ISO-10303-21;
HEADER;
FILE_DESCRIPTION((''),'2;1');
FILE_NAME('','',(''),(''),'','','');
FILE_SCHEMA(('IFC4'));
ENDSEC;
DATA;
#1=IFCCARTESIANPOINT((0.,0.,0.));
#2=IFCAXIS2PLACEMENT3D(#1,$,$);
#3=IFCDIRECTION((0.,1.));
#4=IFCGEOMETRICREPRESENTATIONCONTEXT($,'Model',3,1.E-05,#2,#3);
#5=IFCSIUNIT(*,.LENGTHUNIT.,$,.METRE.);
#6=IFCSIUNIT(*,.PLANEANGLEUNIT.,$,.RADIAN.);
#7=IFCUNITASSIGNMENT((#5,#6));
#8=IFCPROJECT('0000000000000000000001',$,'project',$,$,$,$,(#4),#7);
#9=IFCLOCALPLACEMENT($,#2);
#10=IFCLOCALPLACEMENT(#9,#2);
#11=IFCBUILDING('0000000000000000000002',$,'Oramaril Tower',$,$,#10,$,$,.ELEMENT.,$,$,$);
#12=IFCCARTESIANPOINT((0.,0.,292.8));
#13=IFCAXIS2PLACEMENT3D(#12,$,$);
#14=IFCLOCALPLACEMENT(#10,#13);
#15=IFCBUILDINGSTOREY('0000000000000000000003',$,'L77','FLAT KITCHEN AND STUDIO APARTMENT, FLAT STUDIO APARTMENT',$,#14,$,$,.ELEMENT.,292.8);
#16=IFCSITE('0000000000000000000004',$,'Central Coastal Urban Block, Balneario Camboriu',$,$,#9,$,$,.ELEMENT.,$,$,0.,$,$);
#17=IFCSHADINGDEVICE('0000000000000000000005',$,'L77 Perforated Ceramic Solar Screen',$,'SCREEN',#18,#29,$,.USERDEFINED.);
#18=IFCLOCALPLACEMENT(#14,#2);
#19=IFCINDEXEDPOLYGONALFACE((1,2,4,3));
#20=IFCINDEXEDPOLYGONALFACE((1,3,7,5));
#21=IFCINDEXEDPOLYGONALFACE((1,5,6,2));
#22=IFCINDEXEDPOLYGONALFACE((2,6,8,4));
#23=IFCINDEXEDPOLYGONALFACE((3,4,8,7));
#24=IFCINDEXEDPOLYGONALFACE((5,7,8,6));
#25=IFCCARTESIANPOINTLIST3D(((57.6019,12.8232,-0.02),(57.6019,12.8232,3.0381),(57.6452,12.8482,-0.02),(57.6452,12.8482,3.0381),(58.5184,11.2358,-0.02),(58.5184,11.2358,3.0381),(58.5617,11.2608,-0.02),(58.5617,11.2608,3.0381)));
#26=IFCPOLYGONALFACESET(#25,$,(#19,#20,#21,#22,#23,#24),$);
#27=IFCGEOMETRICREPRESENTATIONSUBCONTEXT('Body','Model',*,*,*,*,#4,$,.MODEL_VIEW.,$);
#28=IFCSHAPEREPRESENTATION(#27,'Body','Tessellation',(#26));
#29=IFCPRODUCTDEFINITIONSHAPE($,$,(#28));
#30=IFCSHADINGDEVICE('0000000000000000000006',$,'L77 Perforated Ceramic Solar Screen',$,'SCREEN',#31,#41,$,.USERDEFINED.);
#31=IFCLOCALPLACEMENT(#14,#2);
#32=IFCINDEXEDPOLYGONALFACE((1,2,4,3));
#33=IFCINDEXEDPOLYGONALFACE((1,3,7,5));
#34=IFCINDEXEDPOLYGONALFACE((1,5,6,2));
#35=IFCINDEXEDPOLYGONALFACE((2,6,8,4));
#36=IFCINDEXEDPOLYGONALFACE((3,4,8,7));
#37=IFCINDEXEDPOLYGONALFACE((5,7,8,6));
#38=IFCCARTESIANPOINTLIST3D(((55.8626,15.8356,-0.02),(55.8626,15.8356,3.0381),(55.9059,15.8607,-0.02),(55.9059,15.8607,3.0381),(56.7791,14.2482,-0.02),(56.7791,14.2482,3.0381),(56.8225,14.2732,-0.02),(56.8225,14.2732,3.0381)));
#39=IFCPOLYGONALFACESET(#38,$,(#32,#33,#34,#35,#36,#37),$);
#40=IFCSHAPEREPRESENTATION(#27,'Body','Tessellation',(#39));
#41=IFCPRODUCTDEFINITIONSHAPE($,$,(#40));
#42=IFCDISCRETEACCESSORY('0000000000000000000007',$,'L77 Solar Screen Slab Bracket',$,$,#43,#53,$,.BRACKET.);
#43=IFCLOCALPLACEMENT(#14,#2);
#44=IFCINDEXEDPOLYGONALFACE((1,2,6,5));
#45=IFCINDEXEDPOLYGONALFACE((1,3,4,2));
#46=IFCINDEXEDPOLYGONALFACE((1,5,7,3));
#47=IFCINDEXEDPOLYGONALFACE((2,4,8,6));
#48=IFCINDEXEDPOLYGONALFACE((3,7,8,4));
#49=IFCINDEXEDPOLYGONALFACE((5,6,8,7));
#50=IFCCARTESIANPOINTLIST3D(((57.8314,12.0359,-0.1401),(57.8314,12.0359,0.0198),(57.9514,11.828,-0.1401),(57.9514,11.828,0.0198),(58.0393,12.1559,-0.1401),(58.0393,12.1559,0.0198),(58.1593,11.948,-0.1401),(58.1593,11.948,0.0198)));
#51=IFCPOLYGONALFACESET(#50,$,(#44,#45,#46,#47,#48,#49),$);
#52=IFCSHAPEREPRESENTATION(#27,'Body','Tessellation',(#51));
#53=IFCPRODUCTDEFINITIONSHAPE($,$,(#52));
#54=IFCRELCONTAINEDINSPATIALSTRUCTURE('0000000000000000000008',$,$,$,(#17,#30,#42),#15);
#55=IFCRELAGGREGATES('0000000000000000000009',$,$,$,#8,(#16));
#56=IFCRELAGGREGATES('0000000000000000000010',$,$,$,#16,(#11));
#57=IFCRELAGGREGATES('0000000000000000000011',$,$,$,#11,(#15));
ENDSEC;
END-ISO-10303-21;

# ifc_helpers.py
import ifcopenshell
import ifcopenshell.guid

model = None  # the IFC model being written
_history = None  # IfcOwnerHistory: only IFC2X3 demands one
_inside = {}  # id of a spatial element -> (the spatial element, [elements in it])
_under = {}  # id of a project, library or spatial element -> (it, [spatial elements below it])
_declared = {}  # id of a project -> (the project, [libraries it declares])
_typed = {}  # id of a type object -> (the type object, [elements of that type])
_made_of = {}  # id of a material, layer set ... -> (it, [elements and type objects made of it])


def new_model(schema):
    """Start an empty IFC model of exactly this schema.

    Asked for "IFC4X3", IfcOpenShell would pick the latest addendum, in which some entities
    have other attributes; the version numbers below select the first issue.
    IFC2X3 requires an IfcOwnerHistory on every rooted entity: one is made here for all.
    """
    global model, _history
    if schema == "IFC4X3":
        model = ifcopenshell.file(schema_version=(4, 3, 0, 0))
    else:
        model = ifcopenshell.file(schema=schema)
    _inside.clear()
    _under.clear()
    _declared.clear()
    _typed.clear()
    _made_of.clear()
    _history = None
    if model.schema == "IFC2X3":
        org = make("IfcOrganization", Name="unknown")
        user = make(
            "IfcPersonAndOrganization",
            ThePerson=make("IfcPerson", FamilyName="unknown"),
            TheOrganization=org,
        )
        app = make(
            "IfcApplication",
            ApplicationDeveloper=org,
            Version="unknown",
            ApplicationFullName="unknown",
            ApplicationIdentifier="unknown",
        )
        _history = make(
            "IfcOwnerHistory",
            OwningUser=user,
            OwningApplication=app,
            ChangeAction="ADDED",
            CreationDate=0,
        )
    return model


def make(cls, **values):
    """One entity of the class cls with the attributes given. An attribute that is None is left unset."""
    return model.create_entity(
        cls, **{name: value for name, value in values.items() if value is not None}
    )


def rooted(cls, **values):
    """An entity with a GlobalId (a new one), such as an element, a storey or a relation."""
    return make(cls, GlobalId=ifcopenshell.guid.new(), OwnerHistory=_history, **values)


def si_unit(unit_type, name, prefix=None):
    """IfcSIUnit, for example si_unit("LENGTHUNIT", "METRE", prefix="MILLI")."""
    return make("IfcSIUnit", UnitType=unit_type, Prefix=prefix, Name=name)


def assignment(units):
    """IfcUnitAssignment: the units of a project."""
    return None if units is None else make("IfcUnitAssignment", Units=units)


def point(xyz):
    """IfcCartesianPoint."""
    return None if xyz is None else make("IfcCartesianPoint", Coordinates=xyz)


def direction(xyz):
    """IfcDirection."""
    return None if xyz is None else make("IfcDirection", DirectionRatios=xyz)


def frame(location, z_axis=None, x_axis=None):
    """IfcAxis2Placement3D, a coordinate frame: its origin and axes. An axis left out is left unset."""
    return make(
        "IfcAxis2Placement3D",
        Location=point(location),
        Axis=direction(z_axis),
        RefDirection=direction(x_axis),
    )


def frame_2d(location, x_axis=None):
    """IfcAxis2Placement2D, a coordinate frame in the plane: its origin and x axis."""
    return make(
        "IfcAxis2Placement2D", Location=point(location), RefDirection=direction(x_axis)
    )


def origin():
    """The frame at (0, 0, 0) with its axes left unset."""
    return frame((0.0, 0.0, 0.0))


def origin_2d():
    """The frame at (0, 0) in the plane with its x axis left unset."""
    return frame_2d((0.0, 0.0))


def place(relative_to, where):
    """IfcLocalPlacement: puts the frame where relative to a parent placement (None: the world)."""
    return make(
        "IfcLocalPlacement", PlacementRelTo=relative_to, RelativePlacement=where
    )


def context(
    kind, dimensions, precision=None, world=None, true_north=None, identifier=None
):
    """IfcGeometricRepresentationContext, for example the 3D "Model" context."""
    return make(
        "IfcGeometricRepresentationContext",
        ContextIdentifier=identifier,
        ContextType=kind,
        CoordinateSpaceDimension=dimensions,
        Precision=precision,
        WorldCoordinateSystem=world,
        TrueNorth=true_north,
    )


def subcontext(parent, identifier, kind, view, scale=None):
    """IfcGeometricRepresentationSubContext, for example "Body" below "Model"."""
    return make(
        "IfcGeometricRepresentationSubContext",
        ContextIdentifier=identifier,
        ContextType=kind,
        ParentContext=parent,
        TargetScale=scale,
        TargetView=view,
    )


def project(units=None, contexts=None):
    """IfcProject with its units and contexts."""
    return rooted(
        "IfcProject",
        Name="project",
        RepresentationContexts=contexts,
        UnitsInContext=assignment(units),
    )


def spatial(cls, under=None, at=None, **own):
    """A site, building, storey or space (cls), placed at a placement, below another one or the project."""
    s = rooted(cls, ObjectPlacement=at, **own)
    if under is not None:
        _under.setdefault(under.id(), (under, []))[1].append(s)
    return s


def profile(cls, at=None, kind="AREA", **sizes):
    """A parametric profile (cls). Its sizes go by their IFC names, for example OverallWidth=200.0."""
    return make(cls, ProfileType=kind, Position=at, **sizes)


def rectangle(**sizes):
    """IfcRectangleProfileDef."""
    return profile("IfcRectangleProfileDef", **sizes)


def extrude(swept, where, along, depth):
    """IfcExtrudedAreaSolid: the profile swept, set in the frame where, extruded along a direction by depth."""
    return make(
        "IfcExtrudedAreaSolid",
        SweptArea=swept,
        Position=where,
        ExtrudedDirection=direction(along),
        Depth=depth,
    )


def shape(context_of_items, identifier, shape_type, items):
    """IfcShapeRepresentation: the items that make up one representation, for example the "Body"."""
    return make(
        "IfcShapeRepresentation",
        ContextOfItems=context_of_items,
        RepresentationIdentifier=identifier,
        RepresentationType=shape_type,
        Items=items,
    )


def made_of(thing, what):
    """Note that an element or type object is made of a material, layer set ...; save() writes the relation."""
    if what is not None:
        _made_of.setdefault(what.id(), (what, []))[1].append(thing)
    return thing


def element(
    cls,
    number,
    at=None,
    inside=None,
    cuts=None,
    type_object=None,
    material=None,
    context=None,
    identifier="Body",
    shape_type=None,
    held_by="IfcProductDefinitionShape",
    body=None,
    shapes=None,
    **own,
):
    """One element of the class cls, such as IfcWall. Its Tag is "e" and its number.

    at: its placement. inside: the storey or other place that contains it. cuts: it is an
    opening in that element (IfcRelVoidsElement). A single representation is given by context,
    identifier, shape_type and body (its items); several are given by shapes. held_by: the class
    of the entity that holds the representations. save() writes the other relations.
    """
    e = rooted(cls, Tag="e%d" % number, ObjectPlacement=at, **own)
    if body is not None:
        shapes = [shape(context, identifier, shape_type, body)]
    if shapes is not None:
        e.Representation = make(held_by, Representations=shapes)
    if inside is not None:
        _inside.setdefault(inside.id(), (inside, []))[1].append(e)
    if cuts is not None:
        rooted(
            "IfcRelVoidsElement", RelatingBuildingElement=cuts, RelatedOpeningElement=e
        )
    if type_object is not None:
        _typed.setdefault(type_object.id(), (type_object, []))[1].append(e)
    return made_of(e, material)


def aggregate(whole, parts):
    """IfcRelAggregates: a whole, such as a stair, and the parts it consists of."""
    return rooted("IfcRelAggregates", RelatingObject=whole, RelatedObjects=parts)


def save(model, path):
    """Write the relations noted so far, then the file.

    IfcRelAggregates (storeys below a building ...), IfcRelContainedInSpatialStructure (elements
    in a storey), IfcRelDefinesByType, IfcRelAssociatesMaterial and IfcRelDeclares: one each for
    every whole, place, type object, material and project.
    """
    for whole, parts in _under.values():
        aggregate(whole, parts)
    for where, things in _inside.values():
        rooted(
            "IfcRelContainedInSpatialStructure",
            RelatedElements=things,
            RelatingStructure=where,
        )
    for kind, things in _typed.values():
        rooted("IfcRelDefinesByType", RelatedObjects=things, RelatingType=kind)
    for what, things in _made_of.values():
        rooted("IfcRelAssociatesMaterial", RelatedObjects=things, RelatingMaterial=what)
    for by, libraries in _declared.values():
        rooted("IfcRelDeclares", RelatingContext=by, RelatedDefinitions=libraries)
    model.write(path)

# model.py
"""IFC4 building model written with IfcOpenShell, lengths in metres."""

from ifc_helpers import new_model, si_unit, direction, frame, origin, origin_2d, place, context, subcontext, project, spatial, rectangle, extrude, element, save


model = new_model("IFC4")

# Units and contexts
model_context = context("Model", 3, precision=1e-05, world=origin(), true_north=direction((0.0, 1.0)))
body_context = subcontext(model_context, "Body", "Model", "MODEL_VIEW")
ifc_project = project(units=[si_unit("LENGTHUNIT", "METRE"), si_unit("PLANEANGLEUNIT", "RADIAN")], contexts=[model_context])

# Site, building, storey
site_placement = place(None, origin())
site = spatial("IfcSite", under=ifc_project, at=site_placement, Name="Central Coastal Urban Block, Balneario Camboriu", CompositionType="ELEMENT", RefElevation=0.0)
building_placement = place(site_placement, origin())
building = spatial("IfcBuilding", under=site, at=building_placement, Name="Oramaril Tower", CompositionType="ELEMENT")
storey_placement = place(building_placement, frame((0.0, 0.0, 292.8)))
storey = spatial("IfcBuildingStorey", under=building, at=storey_placement, Name="L77", Description="FLAT KITCHEN AND STUDIO APARTMENT, FLAT STUDIO APARTMENT", CompositionType="ELEMENT", Elevation=292.8)

# Shading devices
for number, where, z_axis, x_axis, name in (
    (1, (58.0818, 12.042, -0.02), (0.0, 0.0, 1.0), (-0.5, 0.866025, 0.0), "L77 Perforated Ceramic Solar Screen"),
    (2, (56.3425, 15.0544, -0.02), (0.0, 0.0, 1.0), (-0.5, 0.866025, 0.0), "L77 Perforated Ceramic Solar Screen"),
):
    element("IfcShadingDevice", number, at=place(storey_placement, frame(where, z_axis=z_axis, x_axis=x_axis)), inside=storey, Name=name, ObjectType="SCREEN", PredefinedType="USERDEFINED", context=body_context, shape_type="SweptSolid", body=[
        extrude(rectangle(XDim=1.833, YDim=0.05, at=origin_2d()), origin(), (0.0, 0.0, 1.0), 3.0581),
    ])

# Discrete accessory
discrete_accessory_placement = place(storey_placement, frame((57.9954, 11.9919, -0.1401), z_axis=(0.0, 0.0, 1.0), x_axis=(-0.5, 0.866025, 0.0)))
element("IfcDiscreteAccessory", 3, at=discrete_accessory_placement, inside=storey, Name="L77 Solar Screen Slab Bracket", PredefinedType="BRACKET", context=body_context, shape_type="SweptSolid", body=[
    extrude(rectangle(XDim=0.24, YDim=0.24, at=origin_2d()), origin(), (0.0, 0.0, 1.0), 0.1599),
])

save(model, "model.ifc")
